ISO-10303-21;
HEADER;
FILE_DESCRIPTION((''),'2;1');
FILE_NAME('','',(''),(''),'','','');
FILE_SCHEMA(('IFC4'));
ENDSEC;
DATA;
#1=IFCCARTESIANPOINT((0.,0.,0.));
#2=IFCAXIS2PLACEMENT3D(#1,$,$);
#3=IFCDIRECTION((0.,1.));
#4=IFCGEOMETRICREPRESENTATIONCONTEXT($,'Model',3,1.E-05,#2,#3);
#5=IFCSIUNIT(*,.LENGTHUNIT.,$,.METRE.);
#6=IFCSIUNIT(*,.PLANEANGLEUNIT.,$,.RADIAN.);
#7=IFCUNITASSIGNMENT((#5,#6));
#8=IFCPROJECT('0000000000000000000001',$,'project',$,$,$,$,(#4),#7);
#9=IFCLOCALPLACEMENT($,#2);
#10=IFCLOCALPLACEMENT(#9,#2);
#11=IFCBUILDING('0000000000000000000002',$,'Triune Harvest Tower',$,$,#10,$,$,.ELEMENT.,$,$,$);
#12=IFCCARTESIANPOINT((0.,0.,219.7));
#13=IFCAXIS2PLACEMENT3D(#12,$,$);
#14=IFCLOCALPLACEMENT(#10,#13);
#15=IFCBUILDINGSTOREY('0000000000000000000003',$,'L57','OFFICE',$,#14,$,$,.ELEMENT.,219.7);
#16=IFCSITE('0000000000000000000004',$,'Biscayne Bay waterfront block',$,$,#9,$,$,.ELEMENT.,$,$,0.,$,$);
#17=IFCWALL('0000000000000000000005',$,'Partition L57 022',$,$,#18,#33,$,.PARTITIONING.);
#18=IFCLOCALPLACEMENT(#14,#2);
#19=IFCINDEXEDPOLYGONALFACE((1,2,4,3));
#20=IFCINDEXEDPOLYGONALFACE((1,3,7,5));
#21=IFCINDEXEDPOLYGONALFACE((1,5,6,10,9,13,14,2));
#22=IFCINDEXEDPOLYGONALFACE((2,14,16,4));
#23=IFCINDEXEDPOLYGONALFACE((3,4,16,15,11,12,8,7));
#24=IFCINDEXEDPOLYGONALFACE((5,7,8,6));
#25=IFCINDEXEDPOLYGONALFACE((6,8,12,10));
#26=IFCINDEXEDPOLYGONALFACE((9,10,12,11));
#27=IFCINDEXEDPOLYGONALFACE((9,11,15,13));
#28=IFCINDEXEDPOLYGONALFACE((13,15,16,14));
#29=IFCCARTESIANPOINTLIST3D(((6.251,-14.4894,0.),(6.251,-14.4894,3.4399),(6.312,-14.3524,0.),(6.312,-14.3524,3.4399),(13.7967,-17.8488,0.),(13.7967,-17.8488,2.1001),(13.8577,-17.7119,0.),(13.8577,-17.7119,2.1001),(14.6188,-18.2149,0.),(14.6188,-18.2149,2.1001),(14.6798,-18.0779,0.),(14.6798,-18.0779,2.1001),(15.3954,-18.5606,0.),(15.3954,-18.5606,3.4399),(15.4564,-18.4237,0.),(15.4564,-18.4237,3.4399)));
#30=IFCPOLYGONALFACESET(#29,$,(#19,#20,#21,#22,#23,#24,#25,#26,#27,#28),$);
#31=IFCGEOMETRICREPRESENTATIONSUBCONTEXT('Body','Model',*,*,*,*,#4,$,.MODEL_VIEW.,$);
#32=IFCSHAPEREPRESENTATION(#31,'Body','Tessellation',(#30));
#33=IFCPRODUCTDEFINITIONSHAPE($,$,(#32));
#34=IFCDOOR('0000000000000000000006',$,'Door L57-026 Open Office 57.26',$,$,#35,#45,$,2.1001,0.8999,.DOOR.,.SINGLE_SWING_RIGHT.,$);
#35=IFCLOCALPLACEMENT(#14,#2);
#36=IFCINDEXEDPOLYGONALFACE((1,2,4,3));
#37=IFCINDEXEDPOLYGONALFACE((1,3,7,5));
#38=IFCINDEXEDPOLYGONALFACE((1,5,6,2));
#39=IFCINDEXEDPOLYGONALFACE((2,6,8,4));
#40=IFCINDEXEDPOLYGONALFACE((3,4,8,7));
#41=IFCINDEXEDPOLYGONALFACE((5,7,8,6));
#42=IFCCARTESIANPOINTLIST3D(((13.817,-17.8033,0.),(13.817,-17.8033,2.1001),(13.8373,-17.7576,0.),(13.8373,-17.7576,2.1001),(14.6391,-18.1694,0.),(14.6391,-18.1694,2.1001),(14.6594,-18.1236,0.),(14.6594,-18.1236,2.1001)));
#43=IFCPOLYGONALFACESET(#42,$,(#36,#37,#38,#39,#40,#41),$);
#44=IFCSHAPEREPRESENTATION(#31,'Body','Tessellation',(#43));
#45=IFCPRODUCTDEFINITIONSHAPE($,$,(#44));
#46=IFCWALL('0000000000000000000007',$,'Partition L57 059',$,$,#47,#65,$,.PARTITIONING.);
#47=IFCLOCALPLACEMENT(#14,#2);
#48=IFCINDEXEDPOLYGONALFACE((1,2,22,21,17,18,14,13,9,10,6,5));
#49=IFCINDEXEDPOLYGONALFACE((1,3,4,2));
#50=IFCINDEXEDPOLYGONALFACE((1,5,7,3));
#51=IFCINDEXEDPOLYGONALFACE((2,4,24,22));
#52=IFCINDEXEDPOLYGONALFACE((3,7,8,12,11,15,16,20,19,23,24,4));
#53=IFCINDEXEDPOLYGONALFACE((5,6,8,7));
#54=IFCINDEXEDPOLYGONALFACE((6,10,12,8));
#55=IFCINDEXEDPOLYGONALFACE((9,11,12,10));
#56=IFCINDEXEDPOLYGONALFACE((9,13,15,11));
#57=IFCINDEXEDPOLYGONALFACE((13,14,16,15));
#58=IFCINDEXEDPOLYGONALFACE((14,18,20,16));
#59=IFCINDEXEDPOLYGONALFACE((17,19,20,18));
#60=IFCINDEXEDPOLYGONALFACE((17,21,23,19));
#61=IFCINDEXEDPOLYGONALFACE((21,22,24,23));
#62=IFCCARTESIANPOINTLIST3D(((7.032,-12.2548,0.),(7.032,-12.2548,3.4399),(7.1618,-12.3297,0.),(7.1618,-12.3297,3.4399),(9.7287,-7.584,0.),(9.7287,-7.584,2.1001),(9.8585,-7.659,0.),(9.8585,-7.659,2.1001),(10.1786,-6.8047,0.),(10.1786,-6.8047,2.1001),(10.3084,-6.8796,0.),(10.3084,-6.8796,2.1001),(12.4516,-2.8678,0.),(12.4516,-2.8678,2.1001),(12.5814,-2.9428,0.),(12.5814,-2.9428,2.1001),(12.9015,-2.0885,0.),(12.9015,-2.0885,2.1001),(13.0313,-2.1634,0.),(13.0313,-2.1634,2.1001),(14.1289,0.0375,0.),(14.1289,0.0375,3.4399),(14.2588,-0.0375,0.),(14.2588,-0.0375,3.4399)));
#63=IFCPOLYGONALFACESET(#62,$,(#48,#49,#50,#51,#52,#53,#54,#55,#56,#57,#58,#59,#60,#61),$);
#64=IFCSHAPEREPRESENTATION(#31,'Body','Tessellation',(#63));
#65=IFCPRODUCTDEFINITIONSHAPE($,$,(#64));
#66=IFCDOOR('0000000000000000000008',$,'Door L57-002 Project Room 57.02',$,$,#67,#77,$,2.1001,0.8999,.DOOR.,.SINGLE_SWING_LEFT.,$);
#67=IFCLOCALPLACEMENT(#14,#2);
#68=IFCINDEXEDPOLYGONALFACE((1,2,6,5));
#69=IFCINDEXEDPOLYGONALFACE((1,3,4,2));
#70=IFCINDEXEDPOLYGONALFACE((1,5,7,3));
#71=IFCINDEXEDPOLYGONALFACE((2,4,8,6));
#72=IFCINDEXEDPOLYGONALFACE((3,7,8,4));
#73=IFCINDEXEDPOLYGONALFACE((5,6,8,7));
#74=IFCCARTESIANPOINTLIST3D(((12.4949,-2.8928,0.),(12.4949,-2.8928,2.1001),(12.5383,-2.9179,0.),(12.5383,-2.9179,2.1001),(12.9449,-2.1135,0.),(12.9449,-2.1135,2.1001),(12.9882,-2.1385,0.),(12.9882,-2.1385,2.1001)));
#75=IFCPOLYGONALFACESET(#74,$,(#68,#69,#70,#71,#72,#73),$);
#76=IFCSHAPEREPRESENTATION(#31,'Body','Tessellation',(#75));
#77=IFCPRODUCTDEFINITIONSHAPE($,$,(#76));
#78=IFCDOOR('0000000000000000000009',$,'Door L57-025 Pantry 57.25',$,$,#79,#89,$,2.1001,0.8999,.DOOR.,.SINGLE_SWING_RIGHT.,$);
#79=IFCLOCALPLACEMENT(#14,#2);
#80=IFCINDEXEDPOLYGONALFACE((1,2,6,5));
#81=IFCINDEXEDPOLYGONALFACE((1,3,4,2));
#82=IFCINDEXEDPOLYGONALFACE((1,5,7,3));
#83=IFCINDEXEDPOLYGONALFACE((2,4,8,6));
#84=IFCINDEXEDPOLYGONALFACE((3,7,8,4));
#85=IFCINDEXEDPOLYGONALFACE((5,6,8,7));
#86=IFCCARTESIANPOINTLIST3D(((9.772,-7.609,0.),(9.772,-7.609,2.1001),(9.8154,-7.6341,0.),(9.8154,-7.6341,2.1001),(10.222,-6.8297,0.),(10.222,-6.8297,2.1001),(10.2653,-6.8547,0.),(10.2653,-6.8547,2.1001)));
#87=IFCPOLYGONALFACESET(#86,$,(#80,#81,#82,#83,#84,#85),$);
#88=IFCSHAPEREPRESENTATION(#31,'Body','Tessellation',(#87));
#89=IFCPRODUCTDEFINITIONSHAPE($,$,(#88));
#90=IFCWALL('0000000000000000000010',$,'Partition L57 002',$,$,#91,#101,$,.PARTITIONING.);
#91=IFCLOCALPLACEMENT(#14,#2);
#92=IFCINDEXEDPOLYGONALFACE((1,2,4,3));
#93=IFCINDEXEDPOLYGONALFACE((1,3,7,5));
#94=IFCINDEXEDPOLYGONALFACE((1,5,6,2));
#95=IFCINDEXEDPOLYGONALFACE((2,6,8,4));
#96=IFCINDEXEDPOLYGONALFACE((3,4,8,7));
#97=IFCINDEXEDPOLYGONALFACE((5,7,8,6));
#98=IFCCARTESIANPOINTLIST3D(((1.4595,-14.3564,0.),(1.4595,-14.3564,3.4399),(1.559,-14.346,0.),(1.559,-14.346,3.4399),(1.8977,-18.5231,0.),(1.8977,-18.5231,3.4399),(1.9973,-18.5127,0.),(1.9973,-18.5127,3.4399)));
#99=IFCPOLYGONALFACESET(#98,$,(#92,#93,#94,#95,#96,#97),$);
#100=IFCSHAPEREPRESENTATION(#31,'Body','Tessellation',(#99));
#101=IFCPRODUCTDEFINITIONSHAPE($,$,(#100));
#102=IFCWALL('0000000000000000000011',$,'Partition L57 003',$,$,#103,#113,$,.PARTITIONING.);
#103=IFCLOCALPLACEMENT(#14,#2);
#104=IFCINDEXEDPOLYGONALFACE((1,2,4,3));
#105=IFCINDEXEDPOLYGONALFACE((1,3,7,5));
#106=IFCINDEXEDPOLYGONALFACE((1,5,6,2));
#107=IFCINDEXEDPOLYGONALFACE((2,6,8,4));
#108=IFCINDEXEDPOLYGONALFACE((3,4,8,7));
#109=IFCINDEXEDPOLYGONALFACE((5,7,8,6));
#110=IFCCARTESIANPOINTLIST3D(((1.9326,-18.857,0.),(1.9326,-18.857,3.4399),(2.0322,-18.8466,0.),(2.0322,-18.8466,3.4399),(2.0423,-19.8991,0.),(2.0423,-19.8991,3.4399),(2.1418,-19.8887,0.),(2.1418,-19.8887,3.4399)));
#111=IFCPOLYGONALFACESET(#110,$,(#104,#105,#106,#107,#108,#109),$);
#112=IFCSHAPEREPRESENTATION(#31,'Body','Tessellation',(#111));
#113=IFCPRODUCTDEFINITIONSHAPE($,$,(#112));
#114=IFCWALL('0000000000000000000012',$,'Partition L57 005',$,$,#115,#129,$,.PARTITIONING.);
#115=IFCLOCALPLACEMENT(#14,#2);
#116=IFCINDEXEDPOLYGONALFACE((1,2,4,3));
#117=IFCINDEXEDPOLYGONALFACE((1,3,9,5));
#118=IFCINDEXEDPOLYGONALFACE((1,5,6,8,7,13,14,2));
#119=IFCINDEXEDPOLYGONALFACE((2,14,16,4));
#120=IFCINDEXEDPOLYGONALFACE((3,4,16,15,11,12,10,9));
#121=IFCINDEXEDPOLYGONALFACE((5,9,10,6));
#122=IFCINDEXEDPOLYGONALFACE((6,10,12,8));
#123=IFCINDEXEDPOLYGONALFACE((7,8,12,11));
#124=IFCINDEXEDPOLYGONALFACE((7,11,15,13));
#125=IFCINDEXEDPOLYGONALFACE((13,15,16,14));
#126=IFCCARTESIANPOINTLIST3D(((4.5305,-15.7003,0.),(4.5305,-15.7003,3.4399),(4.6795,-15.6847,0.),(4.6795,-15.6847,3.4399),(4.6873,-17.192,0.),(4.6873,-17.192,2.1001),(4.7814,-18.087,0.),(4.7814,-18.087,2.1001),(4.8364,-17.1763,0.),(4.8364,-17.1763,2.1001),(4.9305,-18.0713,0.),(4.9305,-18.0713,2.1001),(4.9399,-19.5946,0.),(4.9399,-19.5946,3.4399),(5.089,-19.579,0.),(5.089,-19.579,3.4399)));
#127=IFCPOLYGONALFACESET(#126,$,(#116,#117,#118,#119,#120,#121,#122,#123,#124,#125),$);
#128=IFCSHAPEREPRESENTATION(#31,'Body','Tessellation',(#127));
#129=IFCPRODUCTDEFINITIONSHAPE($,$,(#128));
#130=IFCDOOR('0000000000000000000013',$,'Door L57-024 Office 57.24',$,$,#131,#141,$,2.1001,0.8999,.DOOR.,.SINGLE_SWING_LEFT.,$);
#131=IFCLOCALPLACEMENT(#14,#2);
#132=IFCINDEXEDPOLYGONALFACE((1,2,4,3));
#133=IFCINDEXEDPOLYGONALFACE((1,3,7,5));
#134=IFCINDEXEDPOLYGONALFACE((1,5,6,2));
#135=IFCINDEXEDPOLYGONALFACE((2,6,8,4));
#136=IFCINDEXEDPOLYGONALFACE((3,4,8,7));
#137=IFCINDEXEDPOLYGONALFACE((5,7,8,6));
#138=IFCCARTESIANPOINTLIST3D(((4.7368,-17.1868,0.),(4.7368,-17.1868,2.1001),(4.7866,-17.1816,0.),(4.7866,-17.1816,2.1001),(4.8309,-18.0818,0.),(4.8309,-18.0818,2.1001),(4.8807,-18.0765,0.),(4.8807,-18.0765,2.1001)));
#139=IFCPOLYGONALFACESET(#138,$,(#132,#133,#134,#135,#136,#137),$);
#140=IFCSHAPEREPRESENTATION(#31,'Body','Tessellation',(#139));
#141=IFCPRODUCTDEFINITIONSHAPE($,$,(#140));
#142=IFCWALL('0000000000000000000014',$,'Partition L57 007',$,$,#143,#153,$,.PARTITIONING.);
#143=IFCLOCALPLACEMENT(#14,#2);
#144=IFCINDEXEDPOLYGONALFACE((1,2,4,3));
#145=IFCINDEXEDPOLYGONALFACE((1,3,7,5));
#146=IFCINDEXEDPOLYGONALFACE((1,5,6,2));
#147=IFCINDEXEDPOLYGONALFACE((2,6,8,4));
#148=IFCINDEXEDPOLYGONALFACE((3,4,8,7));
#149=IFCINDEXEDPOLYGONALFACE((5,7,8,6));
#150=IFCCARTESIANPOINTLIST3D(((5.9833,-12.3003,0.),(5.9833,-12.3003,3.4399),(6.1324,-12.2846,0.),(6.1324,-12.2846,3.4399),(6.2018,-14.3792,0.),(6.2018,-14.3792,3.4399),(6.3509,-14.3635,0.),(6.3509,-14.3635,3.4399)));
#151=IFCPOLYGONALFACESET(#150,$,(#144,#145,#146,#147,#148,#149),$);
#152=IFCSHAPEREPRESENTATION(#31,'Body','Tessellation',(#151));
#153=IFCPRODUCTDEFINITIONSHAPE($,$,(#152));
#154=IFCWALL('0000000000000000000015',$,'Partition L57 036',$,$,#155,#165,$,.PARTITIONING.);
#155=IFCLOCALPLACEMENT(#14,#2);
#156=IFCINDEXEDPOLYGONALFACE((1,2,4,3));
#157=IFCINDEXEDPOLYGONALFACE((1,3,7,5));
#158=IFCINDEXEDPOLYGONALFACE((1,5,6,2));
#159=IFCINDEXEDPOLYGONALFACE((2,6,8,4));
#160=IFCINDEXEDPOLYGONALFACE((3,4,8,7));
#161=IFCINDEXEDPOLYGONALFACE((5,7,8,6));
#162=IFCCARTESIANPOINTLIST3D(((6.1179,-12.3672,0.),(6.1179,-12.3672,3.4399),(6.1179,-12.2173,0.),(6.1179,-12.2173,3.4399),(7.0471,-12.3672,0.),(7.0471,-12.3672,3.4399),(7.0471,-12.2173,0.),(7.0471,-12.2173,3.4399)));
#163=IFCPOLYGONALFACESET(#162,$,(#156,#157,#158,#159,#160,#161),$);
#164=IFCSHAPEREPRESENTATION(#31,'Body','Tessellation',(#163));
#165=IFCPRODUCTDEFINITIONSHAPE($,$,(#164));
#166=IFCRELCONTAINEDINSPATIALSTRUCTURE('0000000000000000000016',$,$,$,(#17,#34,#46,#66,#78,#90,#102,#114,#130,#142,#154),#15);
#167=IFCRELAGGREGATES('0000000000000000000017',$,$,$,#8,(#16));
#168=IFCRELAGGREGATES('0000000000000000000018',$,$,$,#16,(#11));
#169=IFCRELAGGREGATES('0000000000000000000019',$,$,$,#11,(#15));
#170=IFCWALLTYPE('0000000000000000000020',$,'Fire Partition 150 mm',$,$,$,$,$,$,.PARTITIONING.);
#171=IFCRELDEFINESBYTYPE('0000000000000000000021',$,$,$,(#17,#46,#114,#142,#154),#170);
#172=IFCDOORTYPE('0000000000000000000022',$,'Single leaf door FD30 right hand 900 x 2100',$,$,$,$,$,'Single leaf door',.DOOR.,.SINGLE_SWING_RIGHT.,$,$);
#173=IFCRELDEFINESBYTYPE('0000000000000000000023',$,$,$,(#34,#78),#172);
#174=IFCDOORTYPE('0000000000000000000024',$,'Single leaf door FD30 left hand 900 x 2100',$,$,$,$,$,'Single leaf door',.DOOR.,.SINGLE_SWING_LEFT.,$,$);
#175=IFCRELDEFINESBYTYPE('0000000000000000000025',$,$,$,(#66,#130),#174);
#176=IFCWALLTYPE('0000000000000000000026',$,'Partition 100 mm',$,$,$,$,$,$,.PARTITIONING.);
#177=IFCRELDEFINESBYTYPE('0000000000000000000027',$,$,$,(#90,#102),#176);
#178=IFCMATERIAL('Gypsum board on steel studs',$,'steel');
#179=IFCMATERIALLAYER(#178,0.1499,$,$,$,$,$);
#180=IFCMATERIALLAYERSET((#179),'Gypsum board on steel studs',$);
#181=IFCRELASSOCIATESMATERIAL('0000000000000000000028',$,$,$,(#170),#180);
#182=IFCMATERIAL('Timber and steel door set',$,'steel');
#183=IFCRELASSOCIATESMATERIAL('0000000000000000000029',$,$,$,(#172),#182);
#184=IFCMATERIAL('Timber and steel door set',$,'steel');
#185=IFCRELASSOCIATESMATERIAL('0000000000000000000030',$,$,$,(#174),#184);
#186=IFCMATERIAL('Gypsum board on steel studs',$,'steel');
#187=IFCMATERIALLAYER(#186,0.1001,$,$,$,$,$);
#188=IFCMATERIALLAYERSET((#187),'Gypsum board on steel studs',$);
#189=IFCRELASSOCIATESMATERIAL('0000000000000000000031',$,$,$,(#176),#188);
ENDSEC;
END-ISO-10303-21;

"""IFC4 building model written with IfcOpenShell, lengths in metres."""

from ifc_helpers import new_model, si_unit, direction, frame, frame_2d, origin, place, context, subcontext, project, spatial, rectangle, extrude, source, transform, mapped, material, layer, layer_set, type_object, element, fill, save


model = new_model("IFC4")

# Units and contexts
model_context = context("Model", 3, precision=1e-05, world=origin(), true_north=direction((0.0, 1.0)))
body_context = subcontext(model_context, "Body", "Model", "MODEL_VIEW")
ifc_project = project(units=[si_unit("LENGTHUNIT", "METRE"), si_unit("PLANEANGLEUNIT", "RADIAN")], contexts=[model_context])

# Site, building, storey
site_placement = place(None, origin())
site = spatial("IfcSite", under=ifc_project, at=site_placement, Name="Biscayne Bay waterfront block", CompositionType="ELEMENT", RefElevation=0.0)
building_placement = place(site_placement, origin())
building = spatial("IfcBuilding", under=site, at=building_placement, Name="Triune Harvest Tower", CompositionType="ELEMENT")
storey_placement = place(building_placement, frame((0.0, 0.0, 219.7)))
storey = spatial("IfcBuildingStorey", under=building, at=storey_placement, Name="L57", Description="OFFICE", CompositionType="ELEMENT", Elevation=219.7)

# Wall, opening, door
ifc_material_1 = material(Name="Gypsum board on steel studs", Category="steel")
ifc_layer_1 = layer(ifc_material_1, 0.1499)
ifc_layer_set_1 = layer_set([ifc_layer_1], Name="Gypsum board on steel studs")
wall_type_1 = type_object("IfcWallType", Name="Fire Partition 150 mm", PredefinedType="PARTITIONING", material=ifc_layer_set_1)
wall_1_placement = place(storey_placement, frame((6.2815, -14.4209, 0.0), z_axis=(0.0, 0.0, 1.0), x_axis=(0.91355, -0.406727, 0.0)))
wall_1 = element("IfcWall", 1, at=wall_1_placement, inside=storey, type_object=wall_type_1, Name="Partition L57 022", PredefinedType="PARTITIONING", context=body_context, shape_type="SweptSolid", body=[
    extrude(rectangle(XDim=10.0098, YDim=0.1499, at=frame_2d((5.0049, 0.0))), origin(), (0.0, 0.0, 1.0), 3.4399),
])
opening_1_placement = place(wall_1_placement, frame((8.2598, 0.0, 0.0)))
opening_1 = element("IfcOpeningElement", 2, at=opening_1_placement, cuts=wall_1, PredefinedType="OPENING", context=body_context, shape_type="SweptSolid", body=[
    extrude(rectangle(XDim=0.8999, YDim=2.1001, at=frame_2d((0.45, 1.05))), frame((0.0, 0.085, 0.0), z_axis=(0.0, -1.0, 0.0), x_axis=(1.0, 0.0, 0.0)), (0.0, 0.0, 1.0), 0.1699),
])
ifc_material_2 = material(Name="Timber and steel door set", Category="steel")
door_type_1 = type_object("IfcDoorType", Name="Single leaf door FD30 right hand 900 x 2100", ElementType="Single leaf door", OperationType="SINGLE_SWING_RIGHT", PredefinedType="DOOR", material=ifc_material_2)
door_1_placement = place(opening_1_placement, origin())
door_1 = element("IfcDoor", 3, at=door_1_placement, inside=storey, type_object=door_type_1, Name="Door L57-026 Open Office 57.26", OperationType="SINGLE_SWING_RIGHT", OverallHeight=2.1001, OverallWidth=0.8999, PredefinedType="DOOR", context=body_context, shape_type="SweptSolid", body=[
    extrude(rectangle(XDim=0.8999, YDim=2.1001, at=frame_2d((0.45, 1.05))), frame((0.0, 0.0249, 0.0), z_axis=(0.0, -1.0, 0.0), x_axis=(1.0, 0.0, 0.0)), (0.0, 0.0, 1.0), 0.05),
])
fill(opening_1, door_1)

# Wall, openings, doors
shared_shape_1 = source(origin(), body_context, "Body", "SweptSolid", [
    extrude(rectangle(XDim=14.1938, YDim=0.1499, at=frame_2d((7.0969, 0.0))), origin(), (0.0, 0.0, 1.0), 3.4399),
])
wall_2_placement = place(storey_placement, frame((7.0969, -12.2922, 0.0), z_axis=(0.0, 0.0, 1.0), x_axis=(0.5, 0.866025, 0.0)))
wall_2 = element("IfcWall", 4, at=wall_2_placement, inside=storey, type_object=wall_type_1, Name="Partition L57 059", PredefinedType="PARTITIONING", context=body_context, shape_type="MappedRepresentation", body=[
    mapped(shared_shape_1, transform((0.0, 0.0, 0.0), scale=1.0)),
])
opening_2_placement = place(wall_2_placement, frame((10.8391, 0.0, 0.0)))
opening_2 = element("IfcOpeningElement", 5, at=opening_2_placement, cuts=wall_2, PredefinedType="OPENING", context=body_context, shape_type="SweptSolid", body=[
    extrude(rectangle(XDim=0.8999, YDim=2.1001, at=frame_2d((0.45, 1.05))), frame((0.0, 0.085, 0.0), z_axis=(0.0, -1.0, 0.0), x_axis=(1.0, 0.0, 0.0)), (0.0, 0.0, 1.0), 0.1699),
])
opening_3_placement = place(wall_2_placement, frame((5.3933, 0.0, 0.0)))
opening_3 = element("IfcOpeningElement", 6, at=opening_3_placement, cuts=wall_2, PredefinedType="OPENING", context=body_context, shape_type="SweptSolid", body=[
    extrude(rectangle(XDim=0.8999, YDim=2.1001, at=frame_2d((0.45, 1.05))), frame((0.0, 0.085, 0.0), z_axis=(0.0, -1.0, 0.0), x_axis=(1.0, 0.0, 0.0)), (0.0, 0.0, 1.0), 0.1699),
])
ifc_material_3 = material(Name="Timber and steel door set", Category="steel")
door_type_2 = type_object("IfcDoorType", Name="Single leaf door FD30 left hand 900 x 2100", ElementType="Single leaf door", OperationType="SINGLE_SWING_LEFT", PredefinedType="DOOR", material=ifc_material_3)
door_2_placement = place(opening_2_placement, origin())
door_2 = element("IfcDoor", 7, at=door_2_placement, inside=storey, type_object=door_type_2, Name="Door L57-002 Project Room 57.02", OperationType="SINGLE_SWING_LEFT", OverallHeight=2.1001, OverallWidth=0.8999, PredefinedType="DOOR", context=body_context, shape_type="SweptSolid", body=[
    extrude(rectangle(XDim=0.8999, YDim=2.1001, at=frame_2d((0.45, 1.05))), frame((0.0, 0.0249, 0.0), z_axis=(0.0, -1.0, 0.0), x_axis=(1.0, 0.0, 0.0)), (0.0, 0.0, 1.0), 0.05),
])
fill(opening_2, door_2)
door_3_placement = place(opening_3_placement, origin())
door_3 = element("IfcDoor", 8, at=door_3_placement, inside=storey, type_object=door_type_1, Name="Door L57-025 Pantry 57.25", OperationType="SINGLE_SWING_RIGHT", OverallHeight=2.1001, OverallWidth=0.8999, PredefinedType="DOOR", context=body_context, shape_type="SweptSolid", body=[
    extrude(rectangle(XDim=0.8999, YDim=2.1001, at=frame_2d((0.45, 1.05))), frame((0.0, 0.0249, 0.0), z_axis=(0.0, -1.0, 0.0), x_axis=(1.0, 0.0, 0.0)), (0.0, 0.0, 1.0), 0.05),
])
fill(opening_3, door_3)

# Walls
ifc_material_4 = material(Name="Gypsum board on steel studs", Category="steel")
ifc_layer_2 = layer(ifc_material_4, 0.1001)
ifc_layer_set_2 = layer_set([ifc_layer_2], Name="Gypsum board on steel studs")
wall_type_2 = type_object("IfcWallType", Name="Partition 100 mm", PredefinedType="PARTITIONING", material=ifc_layer_set_2)
shared_shape_2 = source(origin(), body_context, "Body", "SweptSolid", [
    extrude(rectangle(XDim=4.1897, YDim=0.1001, at=frame_2d((2.0947, 0.0))), origin(), (0.0, 0.0, 1.0), 3.4399),
])
wall_3_placement = place(storey_placement, frame((1.5093, -14.3513, 0.0), z_axis=(0.0, 0.0, 1.0), x_axis=(0.104597, -0.994515, 0.0)))
element("IfcWall", 9, at=wall_3_placement, inside=storey, type_object=wall_type_2, Name="Partition L57 002", PredefinedType="PARTITIONING", context=body_context, shape_type="MappedRepresentation", body=[
    mapped(shared_shape_2, transform((0.0, 0.0, 0.0), scale=1.0)),
])
shared_shape_3 = source(origin(), body_context, "Body", "SweptSolid", [
    extrude(rectangle(XDim=1.0479, YDim=0.1001, at=frame_2d((0.5239, 0.0))), origin(), (0.0, 0.0, 1.0), 3.4399),
])
wall_4_placement = place(storey_placement, frame((1.9824, -18.8518, 0.0), z_axis=(0.0, 0.0, 1.0), x_axis=(0.104624, -0.994512, 0.0)))
element("IfcWall", 10, at=wall_4_placement, inside=storey, type_object=wall_type_2, Name="Partition L57 003", PredefinedType="PARTITIONING", context=body_context, shape_type="MappedRepresentation", body=[
    mapped(shared_shape_3, transform((0.0, 0.0, 0.0), scale=1.0)),
])

# Wall, opening, door
shared_shape_4 = source(origin(), body_context, "Body", "SweptSolid", [
    extrude(rectangle(XDim=3.9158, YDim=0.1499, at=frame_2d((1.958, 0.0))), origin(), (0.0, 0.0, 1.0), 3.4399),
])
wall_5_placement = place(storey_placement, frame((4.605, -15.6924, 0.0), z_axis=(0.0, 0.0, 1.0), x_axis=(0.104558, -0.994519, 0.0)))
wall_5 = element("IfcWall", 11, at=wall_5_placement, inside=storey, type_object=wall_type_1, Name="Partition L57 005", PredefinedType="PARTITIONING", context=body_context, shape_type="MappedRepresentation", body=[
    mapped(shared_shape_4, transform((0.0, 0.0, 0.0), scale=1.0)),
])
opening_4_placement = place(wall_5_placement, frame((1.5, 0.0, 0.0)))
opening_4 = element("IfcOpeningElement", 12, at=opening_4_placement, cuts=wall_5, PredefinedType="OPENING", context=body_context, shape_type="SweptSolid", body=[
    extrude(rectangle(XDim=0.8999, YDim=2.1001, at=frame_2d((0.45, 1.05))), frame((0.0, 0.085, 0.0), z_axis=(0.0, -1.0, 0.0), x_axis=(1.0, 0.0, 0.0)), (0.0, 0.0, 1.0), 0.1699),
])
door_4_placement = place(opening_4_placement, origin())
door_4 = element("IfcDoor", 13, at=door_4_placement, inside=storey, type_object=door_type_2, Name="Door L57-024 Office 57.24", OperationType="SINGLE_SWING_LEFT", OverallHeight=2.1001, OverallWidth=0.8999, PredefinedType="DOOR", context=body_context, shape_type="SweptSolid", body=[
    extrude(rectangle(XDim=0.8999, YDim=2.1001, at=frame_2d((0.45, 1.05))), frame((0.0, 0.0249, 0.0), z_axis=(0.0, -1.0, 0.0), x_axis=(1.0, 0.0, 0.0)), (0.0, 0.0, 1.0), 0.05),
])
fill(opening_4, door_4)

# Walls
shared_shape_5 = source(origin(), body_context, "Body", "SweptSolid", [
    extrude(rectangle(XDim=2.0903, YDim=0.1499, at=frame_2d((1.0452, 0.0))), origin(), (0.0, 0.0, 1.0), 3.4399),
])
wall_6_placement = place(storey_placement, frame((6.0579, -12.2925, 0.0), z_axis=(0.0, 0.0, 1.0), x_axis=(0.104533, -0.994521, 0.0)))
element("IfcWall", 14, at=wall_6_placement, inside=storey, type_object=wall_type_1, Name="Partition L57 007", PredefinedType="PARTITIONING", context=body_context, shape_type="MappedRepresentation", body=[
    mapped(shared_shape_5, transform((0.0, 0.0, 0.0), scale=1.0)),
])
shared_shape_6 = source(origin(), body_context, "Body", "SweptSolid", [
    extrude(rectangle(XDim=0.9292, YDim=0.1499, at=frame_2d((0.4646, 0.0))), origin(), (0.0, 0.0, 1.0), 3.4399),
])
wall_7_placement = place(storey_placement, frame((6.1179, -12.2922, 0.0), z_axis=(0.0, 0.0, 1.0), x_axis=(1.0, 0.0, 0.0)))
element("IfcWall", 15, at=wall_7_placement, inside=storey, type_object=wall_type_1, Name="Partition L57 036", PredefinedType="PARTITIONING", context=body_context, shape_type="MappedRepresentation", body=[
    mapped(shared_shape_6, transform((0.0, 0.0, 0.0), scale=1.0)),
])

save(model, "model.ifc")
